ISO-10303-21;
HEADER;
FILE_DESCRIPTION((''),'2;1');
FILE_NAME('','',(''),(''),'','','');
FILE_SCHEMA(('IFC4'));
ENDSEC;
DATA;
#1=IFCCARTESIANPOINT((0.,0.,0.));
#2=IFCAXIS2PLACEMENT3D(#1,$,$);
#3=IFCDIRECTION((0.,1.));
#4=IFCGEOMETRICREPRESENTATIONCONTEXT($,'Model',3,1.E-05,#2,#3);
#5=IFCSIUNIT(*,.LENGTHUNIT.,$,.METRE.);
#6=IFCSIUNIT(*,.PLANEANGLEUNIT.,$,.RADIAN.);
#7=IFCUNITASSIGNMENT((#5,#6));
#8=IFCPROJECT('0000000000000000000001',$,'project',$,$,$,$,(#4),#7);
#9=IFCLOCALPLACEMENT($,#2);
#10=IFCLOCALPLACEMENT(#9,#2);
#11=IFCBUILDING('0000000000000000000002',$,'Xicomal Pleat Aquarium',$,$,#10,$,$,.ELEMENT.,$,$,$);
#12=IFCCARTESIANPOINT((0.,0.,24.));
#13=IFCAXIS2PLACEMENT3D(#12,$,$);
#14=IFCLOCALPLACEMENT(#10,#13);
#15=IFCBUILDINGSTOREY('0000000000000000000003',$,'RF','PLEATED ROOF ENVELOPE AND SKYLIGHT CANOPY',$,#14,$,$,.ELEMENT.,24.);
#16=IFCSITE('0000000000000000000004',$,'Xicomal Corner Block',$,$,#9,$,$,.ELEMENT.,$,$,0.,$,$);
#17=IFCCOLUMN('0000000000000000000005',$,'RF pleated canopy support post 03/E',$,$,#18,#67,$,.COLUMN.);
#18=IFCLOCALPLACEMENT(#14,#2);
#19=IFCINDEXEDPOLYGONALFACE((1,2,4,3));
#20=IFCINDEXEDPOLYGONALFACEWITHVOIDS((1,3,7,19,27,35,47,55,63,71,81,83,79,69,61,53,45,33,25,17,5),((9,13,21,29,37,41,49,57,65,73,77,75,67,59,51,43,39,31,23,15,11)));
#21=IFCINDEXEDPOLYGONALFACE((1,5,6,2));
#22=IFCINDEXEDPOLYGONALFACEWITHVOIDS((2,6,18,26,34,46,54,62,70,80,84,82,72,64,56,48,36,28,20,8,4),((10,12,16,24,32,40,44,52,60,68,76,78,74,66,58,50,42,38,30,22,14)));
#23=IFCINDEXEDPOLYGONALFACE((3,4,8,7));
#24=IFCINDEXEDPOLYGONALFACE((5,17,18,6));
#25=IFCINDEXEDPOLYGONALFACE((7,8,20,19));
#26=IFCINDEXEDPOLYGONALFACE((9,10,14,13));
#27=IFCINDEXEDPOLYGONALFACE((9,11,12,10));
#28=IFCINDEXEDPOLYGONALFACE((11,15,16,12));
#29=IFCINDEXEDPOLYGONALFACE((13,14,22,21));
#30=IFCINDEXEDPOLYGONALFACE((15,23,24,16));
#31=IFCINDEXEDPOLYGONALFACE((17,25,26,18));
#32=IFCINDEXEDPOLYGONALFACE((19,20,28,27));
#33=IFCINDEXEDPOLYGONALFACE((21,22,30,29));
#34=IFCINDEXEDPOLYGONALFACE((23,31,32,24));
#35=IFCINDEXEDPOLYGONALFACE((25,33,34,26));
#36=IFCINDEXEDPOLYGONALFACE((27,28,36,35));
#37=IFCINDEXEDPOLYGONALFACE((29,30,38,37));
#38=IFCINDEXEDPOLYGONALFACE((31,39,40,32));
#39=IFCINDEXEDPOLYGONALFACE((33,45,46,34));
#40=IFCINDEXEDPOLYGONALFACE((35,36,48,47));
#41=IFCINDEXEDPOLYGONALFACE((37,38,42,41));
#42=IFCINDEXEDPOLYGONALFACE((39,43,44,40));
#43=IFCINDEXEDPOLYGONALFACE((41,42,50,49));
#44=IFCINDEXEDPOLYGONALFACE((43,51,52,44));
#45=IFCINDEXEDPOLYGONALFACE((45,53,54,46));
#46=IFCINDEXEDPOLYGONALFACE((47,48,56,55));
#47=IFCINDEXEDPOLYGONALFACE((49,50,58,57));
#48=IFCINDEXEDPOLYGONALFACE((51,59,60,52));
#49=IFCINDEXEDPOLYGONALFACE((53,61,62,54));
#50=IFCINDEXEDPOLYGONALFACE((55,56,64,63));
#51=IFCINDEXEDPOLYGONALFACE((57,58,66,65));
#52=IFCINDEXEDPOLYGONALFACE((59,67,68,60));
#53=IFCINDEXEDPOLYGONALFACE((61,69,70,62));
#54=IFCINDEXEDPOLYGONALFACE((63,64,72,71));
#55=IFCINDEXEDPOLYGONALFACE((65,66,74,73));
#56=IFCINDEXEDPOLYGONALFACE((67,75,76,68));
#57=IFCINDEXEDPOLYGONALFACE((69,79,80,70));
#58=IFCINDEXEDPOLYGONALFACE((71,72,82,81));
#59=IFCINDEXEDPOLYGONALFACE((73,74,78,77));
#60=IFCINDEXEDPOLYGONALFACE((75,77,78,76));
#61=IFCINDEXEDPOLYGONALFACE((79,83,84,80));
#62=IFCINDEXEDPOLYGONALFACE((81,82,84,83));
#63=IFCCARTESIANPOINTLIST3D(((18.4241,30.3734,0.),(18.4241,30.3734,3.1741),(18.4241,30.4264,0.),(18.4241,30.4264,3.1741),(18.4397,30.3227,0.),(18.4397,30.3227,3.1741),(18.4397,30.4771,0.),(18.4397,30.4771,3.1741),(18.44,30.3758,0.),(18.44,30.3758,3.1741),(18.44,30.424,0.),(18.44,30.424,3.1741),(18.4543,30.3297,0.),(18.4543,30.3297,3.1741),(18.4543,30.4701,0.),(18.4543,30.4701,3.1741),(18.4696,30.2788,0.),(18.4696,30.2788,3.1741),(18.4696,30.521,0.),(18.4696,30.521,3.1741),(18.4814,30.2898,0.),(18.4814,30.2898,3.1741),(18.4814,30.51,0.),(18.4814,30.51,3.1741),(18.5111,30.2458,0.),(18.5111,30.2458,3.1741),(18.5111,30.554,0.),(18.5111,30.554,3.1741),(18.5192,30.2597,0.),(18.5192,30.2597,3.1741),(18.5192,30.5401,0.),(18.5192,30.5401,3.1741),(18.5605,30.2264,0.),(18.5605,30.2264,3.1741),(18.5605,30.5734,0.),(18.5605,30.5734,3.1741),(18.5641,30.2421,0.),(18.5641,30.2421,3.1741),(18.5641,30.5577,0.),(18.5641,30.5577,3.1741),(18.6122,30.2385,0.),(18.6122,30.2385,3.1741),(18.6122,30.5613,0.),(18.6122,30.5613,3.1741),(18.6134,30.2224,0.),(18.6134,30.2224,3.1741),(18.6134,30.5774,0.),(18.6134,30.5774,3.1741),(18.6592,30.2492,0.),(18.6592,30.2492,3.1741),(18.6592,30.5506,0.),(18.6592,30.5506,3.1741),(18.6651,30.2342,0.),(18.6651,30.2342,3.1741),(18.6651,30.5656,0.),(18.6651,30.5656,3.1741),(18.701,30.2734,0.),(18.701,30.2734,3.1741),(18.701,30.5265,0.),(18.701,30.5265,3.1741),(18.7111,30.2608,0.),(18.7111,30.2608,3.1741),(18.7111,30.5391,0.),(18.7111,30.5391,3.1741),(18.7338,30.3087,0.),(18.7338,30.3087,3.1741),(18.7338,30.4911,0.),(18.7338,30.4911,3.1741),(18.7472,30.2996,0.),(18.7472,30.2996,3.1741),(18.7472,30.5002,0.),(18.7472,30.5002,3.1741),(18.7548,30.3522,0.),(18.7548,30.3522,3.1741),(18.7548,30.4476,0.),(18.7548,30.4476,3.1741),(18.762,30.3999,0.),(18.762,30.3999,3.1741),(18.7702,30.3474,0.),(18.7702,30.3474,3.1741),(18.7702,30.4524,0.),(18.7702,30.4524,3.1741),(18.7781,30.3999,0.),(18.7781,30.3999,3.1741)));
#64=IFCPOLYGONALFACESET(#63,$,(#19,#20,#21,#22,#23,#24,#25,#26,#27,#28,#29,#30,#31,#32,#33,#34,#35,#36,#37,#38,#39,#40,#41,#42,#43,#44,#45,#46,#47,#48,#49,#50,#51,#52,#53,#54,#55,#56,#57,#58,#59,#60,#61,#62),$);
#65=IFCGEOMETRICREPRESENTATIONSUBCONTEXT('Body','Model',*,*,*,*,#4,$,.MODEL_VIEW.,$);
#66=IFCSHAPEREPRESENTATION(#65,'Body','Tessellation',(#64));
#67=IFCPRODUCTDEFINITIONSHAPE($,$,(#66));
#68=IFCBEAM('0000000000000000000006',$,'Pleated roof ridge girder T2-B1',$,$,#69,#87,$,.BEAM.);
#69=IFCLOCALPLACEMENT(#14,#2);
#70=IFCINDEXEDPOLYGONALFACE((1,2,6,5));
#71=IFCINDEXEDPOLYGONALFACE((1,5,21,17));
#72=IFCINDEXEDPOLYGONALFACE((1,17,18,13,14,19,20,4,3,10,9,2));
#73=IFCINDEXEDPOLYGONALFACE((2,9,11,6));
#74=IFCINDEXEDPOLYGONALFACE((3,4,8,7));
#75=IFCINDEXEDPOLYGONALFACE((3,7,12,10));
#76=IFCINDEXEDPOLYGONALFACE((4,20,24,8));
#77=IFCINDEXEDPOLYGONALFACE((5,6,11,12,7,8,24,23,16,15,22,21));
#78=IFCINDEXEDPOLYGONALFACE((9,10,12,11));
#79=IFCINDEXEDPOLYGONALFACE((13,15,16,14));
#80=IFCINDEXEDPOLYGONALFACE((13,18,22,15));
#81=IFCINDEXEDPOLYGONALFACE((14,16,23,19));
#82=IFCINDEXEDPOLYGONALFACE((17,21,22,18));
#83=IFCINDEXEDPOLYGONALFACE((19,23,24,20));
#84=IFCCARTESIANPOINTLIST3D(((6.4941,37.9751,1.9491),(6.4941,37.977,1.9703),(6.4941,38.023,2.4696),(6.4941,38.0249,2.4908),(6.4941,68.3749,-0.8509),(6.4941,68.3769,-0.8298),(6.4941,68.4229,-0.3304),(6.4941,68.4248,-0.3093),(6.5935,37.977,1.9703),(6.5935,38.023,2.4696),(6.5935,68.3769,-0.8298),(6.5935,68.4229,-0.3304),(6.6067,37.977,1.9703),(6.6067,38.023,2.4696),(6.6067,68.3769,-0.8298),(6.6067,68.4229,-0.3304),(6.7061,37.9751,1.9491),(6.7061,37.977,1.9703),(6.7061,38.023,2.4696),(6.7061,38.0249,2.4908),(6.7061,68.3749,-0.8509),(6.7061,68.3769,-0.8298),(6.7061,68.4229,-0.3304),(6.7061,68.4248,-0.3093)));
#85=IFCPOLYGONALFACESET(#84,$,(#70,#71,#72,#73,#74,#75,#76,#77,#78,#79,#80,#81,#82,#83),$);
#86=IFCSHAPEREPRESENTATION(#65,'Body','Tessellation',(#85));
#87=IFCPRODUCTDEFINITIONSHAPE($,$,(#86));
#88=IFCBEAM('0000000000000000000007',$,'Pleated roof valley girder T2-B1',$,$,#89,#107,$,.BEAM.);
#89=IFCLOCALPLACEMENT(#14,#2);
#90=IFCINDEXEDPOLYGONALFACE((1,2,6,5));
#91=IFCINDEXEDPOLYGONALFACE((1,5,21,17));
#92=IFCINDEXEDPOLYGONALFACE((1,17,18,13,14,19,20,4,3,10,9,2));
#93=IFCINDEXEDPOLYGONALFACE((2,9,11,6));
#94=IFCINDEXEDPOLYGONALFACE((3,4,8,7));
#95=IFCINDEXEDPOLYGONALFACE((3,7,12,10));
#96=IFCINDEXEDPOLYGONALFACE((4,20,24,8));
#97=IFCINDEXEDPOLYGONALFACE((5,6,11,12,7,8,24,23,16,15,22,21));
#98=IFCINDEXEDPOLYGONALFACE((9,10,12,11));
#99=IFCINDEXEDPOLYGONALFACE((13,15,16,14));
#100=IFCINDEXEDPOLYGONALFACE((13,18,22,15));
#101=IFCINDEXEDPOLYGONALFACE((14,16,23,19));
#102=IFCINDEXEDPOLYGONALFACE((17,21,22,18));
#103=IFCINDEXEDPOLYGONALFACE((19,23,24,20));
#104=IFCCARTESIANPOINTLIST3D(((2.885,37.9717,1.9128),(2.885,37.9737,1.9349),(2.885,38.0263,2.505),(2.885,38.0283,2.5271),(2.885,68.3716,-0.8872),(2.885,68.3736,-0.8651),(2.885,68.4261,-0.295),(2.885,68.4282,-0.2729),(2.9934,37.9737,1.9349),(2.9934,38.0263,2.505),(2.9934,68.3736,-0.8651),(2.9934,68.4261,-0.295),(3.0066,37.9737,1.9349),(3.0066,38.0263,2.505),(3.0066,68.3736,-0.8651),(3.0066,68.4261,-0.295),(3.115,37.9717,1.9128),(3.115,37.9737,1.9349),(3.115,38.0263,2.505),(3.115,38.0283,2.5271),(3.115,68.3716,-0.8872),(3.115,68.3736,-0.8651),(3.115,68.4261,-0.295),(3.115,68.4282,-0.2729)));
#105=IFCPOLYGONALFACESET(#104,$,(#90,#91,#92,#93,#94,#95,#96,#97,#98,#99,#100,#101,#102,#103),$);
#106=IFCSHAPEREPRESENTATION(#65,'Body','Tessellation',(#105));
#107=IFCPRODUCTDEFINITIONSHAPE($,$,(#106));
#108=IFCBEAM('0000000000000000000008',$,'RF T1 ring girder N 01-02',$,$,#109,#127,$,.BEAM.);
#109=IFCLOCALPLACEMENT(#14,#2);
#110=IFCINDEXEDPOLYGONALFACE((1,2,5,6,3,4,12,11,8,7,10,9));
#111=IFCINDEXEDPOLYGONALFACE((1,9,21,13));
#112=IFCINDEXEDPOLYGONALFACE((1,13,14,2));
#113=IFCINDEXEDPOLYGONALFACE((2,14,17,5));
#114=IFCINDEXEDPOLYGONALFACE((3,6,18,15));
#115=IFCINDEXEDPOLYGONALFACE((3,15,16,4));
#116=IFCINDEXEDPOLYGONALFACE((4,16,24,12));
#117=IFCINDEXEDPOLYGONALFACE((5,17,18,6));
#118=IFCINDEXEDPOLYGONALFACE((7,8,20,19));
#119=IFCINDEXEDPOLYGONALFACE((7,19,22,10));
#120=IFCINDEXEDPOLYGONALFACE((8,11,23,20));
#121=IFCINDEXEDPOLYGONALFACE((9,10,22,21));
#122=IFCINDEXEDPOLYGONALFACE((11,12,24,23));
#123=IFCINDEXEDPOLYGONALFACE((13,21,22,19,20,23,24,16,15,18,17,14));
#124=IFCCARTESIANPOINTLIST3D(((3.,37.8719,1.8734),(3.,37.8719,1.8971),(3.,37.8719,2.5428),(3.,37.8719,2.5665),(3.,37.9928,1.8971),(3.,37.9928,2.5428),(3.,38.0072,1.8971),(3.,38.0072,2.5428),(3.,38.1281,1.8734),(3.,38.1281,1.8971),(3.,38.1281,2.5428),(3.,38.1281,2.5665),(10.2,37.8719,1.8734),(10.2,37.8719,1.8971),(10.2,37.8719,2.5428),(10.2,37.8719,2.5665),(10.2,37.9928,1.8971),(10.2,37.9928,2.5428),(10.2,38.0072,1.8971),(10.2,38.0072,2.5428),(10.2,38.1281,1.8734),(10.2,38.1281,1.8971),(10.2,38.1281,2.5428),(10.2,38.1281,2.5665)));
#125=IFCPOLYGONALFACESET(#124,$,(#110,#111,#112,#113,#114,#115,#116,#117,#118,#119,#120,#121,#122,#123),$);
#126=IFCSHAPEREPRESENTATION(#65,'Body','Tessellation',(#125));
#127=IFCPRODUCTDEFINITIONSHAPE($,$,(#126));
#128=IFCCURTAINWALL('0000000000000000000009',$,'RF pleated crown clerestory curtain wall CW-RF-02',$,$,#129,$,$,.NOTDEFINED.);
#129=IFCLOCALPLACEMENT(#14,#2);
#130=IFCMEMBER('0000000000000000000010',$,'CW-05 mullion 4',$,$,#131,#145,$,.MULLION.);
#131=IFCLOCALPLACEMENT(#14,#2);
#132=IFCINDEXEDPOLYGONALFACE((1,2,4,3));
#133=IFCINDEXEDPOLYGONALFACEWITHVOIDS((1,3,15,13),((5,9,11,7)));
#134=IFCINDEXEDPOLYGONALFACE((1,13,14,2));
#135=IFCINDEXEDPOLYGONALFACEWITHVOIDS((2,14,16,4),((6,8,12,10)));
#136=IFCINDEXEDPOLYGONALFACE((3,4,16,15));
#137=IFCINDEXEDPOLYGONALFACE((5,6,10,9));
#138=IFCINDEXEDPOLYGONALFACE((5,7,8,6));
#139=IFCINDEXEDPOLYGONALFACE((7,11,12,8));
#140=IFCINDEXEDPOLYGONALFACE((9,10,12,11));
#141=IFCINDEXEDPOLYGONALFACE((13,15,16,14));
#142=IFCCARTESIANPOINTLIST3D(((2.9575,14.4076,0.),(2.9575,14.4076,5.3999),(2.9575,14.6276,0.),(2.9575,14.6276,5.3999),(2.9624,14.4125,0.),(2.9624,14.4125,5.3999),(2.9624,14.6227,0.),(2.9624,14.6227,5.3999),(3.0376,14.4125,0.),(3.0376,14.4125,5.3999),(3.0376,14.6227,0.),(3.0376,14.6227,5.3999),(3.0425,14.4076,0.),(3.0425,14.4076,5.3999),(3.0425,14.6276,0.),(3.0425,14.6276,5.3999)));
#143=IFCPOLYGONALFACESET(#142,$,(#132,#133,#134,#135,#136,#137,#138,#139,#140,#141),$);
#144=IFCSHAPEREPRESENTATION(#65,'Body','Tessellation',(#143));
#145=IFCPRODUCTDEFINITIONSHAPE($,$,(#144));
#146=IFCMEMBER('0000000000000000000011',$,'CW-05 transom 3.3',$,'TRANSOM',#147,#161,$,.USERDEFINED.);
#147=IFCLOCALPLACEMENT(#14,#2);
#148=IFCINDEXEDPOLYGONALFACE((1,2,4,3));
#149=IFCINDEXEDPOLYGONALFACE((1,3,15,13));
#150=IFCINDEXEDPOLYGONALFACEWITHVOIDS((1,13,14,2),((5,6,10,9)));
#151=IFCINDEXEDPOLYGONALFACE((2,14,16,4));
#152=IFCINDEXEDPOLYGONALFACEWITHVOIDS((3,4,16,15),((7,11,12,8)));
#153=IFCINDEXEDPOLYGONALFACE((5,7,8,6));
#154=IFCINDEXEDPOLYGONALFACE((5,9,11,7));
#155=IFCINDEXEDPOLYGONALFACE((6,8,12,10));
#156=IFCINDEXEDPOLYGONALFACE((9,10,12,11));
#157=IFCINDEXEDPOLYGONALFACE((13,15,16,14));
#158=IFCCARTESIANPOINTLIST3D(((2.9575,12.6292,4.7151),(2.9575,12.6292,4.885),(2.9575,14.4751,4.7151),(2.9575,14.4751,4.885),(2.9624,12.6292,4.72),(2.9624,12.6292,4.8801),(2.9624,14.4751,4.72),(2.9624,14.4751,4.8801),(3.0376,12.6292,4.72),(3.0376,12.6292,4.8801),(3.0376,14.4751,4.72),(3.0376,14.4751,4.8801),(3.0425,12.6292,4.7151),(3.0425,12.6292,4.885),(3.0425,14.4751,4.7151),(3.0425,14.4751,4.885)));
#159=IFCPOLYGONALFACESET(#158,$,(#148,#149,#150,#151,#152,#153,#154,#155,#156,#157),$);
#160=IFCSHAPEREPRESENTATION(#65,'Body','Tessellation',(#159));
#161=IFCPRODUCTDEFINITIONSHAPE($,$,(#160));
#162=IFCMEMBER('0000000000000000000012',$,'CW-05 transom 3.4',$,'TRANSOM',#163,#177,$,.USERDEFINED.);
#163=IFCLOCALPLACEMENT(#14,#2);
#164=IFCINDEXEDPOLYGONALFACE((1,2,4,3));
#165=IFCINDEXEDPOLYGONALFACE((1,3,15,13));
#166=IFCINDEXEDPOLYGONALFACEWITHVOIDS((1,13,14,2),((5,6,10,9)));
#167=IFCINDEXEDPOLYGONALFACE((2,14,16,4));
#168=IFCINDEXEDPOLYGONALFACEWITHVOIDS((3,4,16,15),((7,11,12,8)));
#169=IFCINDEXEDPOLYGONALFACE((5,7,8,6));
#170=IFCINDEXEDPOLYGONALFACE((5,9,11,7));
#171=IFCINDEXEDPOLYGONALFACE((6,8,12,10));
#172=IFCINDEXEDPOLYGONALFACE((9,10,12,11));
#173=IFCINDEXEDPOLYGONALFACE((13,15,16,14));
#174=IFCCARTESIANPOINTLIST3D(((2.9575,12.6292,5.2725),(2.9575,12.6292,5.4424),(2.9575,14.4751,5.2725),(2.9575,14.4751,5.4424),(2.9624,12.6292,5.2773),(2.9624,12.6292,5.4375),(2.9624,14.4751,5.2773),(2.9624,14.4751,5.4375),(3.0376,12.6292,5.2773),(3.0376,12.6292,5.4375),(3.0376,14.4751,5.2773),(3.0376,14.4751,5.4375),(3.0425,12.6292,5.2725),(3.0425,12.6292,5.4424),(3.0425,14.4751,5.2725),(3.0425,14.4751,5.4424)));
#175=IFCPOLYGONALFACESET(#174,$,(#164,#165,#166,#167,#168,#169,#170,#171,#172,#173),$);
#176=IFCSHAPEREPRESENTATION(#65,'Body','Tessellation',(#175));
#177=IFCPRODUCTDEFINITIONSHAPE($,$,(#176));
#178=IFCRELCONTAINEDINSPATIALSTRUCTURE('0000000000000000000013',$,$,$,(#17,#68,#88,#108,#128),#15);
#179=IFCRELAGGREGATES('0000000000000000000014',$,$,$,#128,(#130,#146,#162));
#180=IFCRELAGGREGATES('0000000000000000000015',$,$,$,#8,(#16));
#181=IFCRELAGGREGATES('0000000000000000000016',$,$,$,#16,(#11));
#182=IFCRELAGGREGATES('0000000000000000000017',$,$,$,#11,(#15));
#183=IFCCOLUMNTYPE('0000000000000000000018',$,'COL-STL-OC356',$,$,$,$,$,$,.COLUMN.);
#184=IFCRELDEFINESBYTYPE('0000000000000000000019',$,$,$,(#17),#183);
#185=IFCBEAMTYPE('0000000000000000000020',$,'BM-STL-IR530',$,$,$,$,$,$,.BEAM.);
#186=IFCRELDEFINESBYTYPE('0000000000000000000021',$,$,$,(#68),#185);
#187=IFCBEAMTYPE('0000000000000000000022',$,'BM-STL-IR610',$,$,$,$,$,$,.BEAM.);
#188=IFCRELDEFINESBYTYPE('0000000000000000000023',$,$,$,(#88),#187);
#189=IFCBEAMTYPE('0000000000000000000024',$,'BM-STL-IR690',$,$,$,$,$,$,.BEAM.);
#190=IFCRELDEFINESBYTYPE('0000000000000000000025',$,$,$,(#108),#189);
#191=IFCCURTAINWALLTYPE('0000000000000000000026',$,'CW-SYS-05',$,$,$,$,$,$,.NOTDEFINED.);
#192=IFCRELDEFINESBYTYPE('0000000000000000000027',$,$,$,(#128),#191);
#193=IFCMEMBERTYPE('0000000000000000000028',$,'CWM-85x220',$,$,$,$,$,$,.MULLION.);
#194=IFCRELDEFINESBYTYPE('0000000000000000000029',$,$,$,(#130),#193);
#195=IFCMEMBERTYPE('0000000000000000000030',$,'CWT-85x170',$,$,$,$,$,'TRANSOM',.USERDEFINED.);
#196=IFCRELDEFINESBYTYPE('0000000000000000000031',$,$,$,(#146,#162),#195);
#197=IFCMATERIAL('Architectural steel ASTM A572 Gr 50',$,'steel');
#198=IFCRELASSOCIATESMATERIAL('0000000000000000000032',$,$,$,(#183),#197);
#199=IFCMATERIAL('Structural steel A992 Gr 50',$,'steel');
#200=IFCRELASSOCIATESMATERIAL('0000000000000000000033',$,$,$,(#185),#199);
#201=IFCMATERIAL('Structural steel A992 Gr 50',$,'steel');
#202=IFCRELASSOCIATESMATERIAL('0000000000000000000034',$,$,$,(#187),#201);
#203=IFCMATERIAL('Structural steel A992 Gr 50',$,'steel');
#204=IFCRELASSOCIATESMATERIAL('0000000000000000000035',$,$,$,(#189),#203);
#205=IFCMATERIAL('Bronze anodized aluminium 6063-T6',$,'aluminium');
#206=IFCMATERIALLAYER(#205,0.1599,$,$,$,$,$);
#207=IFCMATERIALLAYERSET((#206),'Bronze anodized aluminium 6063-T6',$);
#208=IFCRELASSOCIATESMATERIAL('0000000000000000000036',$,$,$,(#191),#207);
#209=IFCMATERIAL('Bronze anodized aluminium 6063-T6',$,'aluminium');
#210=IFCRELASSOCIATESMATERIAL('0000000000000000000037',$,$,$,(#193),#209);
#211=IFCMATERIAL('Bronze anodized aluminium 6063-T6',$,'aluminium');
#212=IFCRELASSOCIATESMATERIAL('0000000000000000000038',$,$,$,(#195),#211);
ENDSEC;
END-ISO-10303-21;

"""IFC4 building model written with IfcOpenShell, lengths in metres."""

from ifc_helpers import new_model, si_unit, direction, frame, origin, origin_2d, place, context, subcontext, project, spatial, hollow_rectangle, hollow_circle, i_section, extrude, material, layer, layer_set, material_profile, profile_set, type_object, element, aggregate, save


model = new_model("IFC4")

# Units and contexts
model_context = context("Model", 3, precision=1e-05, world=origin(), true_north=direction((0.0, 1.0)))
body_context = subcontext(model_context, "Body", "Model", "MODEL_VIEW")
ifc_project = project(units=[si_unit("LENGTHUNIT", "METRE"), si_unit("PLANEANGLEUNIT", "RADIAN")], contexts=[model_context])

# Site, building, storey
site_placement = place(None, origin())
site = spatial("IfcSite", under=ifc_project, at=site_placement, Name="Xicomal Corner Block", CompositionType="ELEMENT", RefElevation=0.0)
building_placement = place(site_placement, origin())
building = spatial("IfcBuilding", under=site, at=building_placement, Name="Xicomal Pleat Aquarium", CompositionType="ELEMENT")
storey_placement = place(building_placement, frame((0.0, 0.0, 24.0)))
storey = spatial("IfcBuildingStorey", under=building, at=storey_placement, Name="RF", Description="PLEATED ROOF ENVELOPE AND SKYLIGHT CANOPY", CompositionType="ELEMENT", Elevation=24.0)

# Column
ifc_material_1 = material(Name="Architectural steel ASTM A572 Gr 50", Category="steel")
ifc_material_profile_1 = material_profile(ifc_material_1, hollow_circle(Radius=0.178, WallThickness=0.0161, at=origin_2d()), Name="OC 356x16")
ifc_profile_set_1 = profile_set([ifc_material_profile_1], Name="Architectural steel ASTM A572 Gr 50")
column_type = type_object("IfcColumnType", Name="COL-STL-OC356", PredefinedType="COLUMN", material=ifc_profile_set_1)
column_1_placement = place(storey_placement, frame((18.6001, 30.3999, 0.0), z_axis=(0.0, 0.0, 1.0), x_axis=(1.0, 0.0, 0.0)))
element("IfcColumn", 1, at=column_1_placement, inside=storey, type_object=column_type, Name="RF pleated canopy support post 03/E", PredefinedType="COLUMN", context=body_context, shape_type="SweptSolid", body=[
    extrude(hollow_circle(Radius=0.178, WallThickness=0.0161, at=origin_2d()), origin(), (0.0, 0.0, 1.0), 3.1741),
])

# Beams
ifc_material_2 = material(Name="Structural steel A992 Gr 50", Category="steel")
ifc_material_profile_2 = material_profile(ifc_material_2, i_section(OverallWidth=0.2119, OverallDepth=0.5439, WebThickness=0.0132, FlangeThickness=0.0212, at=origin_2d()), Name="IR 530x123")
ifc_profile_set_2 = profile_set([ifc_material_profile_2], Name="Structural steel A992 Gr 50")
beam_type_1 = type_object("IfcBeamType", Name="BM-STL-IR530", PredefinedType="BEAM", material=ifc_profile_set_2)
beam_1_placement = place(storey_placement, frame((6.6001, 38.0, 2.22), z_axis=(0.0, 0.995785, -0.091719), x_axis=(-1.0, 0.0, 0.0)))
element("IfcBeam", 2, at=beam_1_placement, inside=storey, type_object=beam_type_1, Name="Pleated roof ridge girder T2-B1", PredefinedType="BEAM", context=body_context, shape_type="SweptSolid", body=[
    extrude(i_section(OverallWidth=0.2119, OverallDepth=0.5439, WebThickness=0.0132, FlangeThickness=0.0212, at=origin_2d()), origin(), (0.0, 0.0, 1.0), 30.5286),
])
ifc_material_3 = material(Name="Structural steel A992 Gr 50", Category="steel")
ifc_material_profile_3 = material_profile(ifc_material_3, i_section(OverallWidth=0.23, OverallDepth=0.6169, WebThickness=0.0132, FlangeThickness=0.0222, at=origin_2d()), Name="IR 610x140")
ifc_profile_set_3 = profile_set([ifc_material_profile_3], Name="Structural steel A992 Gr 50")
beam_type_2 = type_object("IfcBeamType", Name="BM-STL-IR610", PredefinedType="BEAM", material=ifc_profile_set_3)
beam_2_placement = place(storey_placement, frame((3.0, 38.0, 2.22), z_axis=(0.0, 0.995785, -0.091719), x_axis=(-1.0, 0.0, 0.0)))
element("IfcBeam", 3, at=beam_2_placement, inside=storey, type_object=beam_type_2, Name="Pleated roof valley girder T2-B1", PredefinedType="BEAM", context=body_context, shape_type="SweptSolid", body=[
    extrude(i_section(OverallWidth=0.23, OverallDepth=0.6169, WebThickness=0.0132, FlangeThickness=0.0222, at=origin_2d()), origin(), (0.0, 0.0, 1.0), 30.5286),
])
ifc_material_4 = material(Name="Structural steel A992 Gr 50", Category="steel")
ifc_material_profile_4 = material_profile(ifc_material_4, i_section(OverallWidth=0.2561, OverallDepth=0.6931, WebThickness=0.0144, FlangeThickness=0.0237, at=origin_2d()), Name="IR 690x170")
ifc_profile_set_4 = profile_set([ifc_material_profile_4], Name="Structural steel A992 Gr 50")
beam_type_3 = type_object("IfcBeamType", Name="BM-STL-IR690", PredefinedType="BEAM", material=ifc_profile_set_4)
beam_3_placement = place(storey_placement, frame((3.0, 38.0, 2.22), z_axis=(1.0, 0.0, 0.0), x_axis=(0.0, 1.0, 0.0)))
element("IfcBeam", 4, at=beam_3_placement, inside=storey, type_object=beam_type_3, Name="RF T1 ring girder N 01-02", PredefinedType="BEAM", context=body_context, shape_type="SweptSolid", body=[
    extrude(i_section(OverallWidth=0.2561, OverallDepth=0.6931, WebThickness=0.0144, FlangeThickness=0.0237, at=origin_2d()), origin(), (0.0, 0.0, 1.0), 7.2),
])

# Curtain wall, members
ifc_material_5 = material(Name="Bronze anodized aluminium 6063-T6", Category="aluminium")
ifc_layer_1 = layer(ifc_material_5, 0.1599)
ifc_layer_set_1 = layer_set([ifc_layer_1], Name="Bronze anodized aluminium 6063-T6")
curtain_wall_type = type_object("IfcCurtainWallType", Name="CW-SYS-05", PredefinedType="NOTDEFINED", material=ifc_layer_set_1)
curtain_wall_placement = place(storey_placement, origin())
curtain_wall = element("IfcCurtainWall", 5, at=curtain_wall_placement, inside=storey, type_object=curtain_wall_type, Name="RF pleated crown clerestory curtain wall CW-RF-02", PredefinedType="NOTDEFINED")
ifc_material_6 = material(Name="Bronze anodized aluminium 6063-T6", Category="aluminium")
ifc_material_profile_5 = material_profile(ifc_material_6, hollow_rectangle(XDim=0.085, YDim=0.22, WallThickness=0.0049, at=origin_2d()), Name="ALU MULL 85x220")
ifc_profile_set_5 = profile_set([ifc_material_profile_5], Name="Bronze anodized aluminium 6063-T6")
member_type_1 = type_object("IfcMemberType", Name="CWM-85x220", PredefinedType="MULLION", material=ifc_profile_set_5)
member_1_placement = place(storey_placement, frame((3.0, 14.5176, 0.0), z_axis=(0.0, 0.0, 1.0), x_axis=(-1.0, 0.0, 0.0)))
member_1 = element("IfcMember", 6, at=member_1_placement, type_object=member_type_1, Name="CW-05 mullion 4", PredefinedType="MULLION", context=body_context, shape_type="SweptSolid", body=[
    extrude(hollow_rectangle(XDim=0.085, YDim=0.22, WallThickness=0.0049, at=origin_2d()), origin(), (0.0, 0.0, 1.0), 5.3999),
])
ifc_material_7 = material(Name="Bronze anodized aluminium 6063-T6", Category="aluminium")
ifc_material_profile_6 = material_profile(ifc_material_7, hollow_rectangle(XDim=0.085, YDim=0.1699, WallThickness=0.0049, at=origin_2d()), Name="ALU TRAN 85x170")
ifc_profile_set_6 = profile_set([ifc_material_profile_6], Name="Bronze anodized aluminium 6063-T6")
member_type_2 = type_object("IfcMemberType", Name="CWT-85x170", ElementType="TRANSOM", PredefinedType="USERDEFINED", material=ifc_profile_set_6)
member_2_placement = place(storey_placement, frame((3.0, 12.6292, 4.8), z_axis=(0.0, 1.0, 0.0), x_axis=(-1.0, 0.0, 0.0)))
member_2 = element("IfcMember", 7, at=member_2_placement, type_object=member_type_2, Name="CW-05 transom 3.3", ObjectType="TRANSOM", PredefinedType="USERDEFINED", context=body_context, shape_type="SweptSolid", body=[
    extrude(hollow_rectangle(XDim=0.085, YDim=0.1699, WallThickness=0.0049, at=origin_2d()), origin(), (0.0, 0.0, 1.0), 1.8459),
])
member_3_placement = place(storey_placement, frame((3.0, 12.6292, 5.3574), z_axis=(0.0, 1.0, 0.0), x_axis=(-1.0, 0.0, 0.0)))
member_3 = element("IfcMember", 8, at=member_3_placement, type_object=member_type_2, Name="CW-05 transom 3.4", ObjectType="TRANSOM", PredefinedType="USERDEFINED", context=body_context, shape_type="SweptSolid", body=[
    extrude(hollow_rectangle(XDim=0.085, YDim=0.1699, WallThickness=0.0049, at=origin_2d()), origin(), (0.0, 0.0, 1.0), 1.8459),
])

aggregate(curtain_wall, [member_1, member_2, member_3])

save(model, "model.ifc")
